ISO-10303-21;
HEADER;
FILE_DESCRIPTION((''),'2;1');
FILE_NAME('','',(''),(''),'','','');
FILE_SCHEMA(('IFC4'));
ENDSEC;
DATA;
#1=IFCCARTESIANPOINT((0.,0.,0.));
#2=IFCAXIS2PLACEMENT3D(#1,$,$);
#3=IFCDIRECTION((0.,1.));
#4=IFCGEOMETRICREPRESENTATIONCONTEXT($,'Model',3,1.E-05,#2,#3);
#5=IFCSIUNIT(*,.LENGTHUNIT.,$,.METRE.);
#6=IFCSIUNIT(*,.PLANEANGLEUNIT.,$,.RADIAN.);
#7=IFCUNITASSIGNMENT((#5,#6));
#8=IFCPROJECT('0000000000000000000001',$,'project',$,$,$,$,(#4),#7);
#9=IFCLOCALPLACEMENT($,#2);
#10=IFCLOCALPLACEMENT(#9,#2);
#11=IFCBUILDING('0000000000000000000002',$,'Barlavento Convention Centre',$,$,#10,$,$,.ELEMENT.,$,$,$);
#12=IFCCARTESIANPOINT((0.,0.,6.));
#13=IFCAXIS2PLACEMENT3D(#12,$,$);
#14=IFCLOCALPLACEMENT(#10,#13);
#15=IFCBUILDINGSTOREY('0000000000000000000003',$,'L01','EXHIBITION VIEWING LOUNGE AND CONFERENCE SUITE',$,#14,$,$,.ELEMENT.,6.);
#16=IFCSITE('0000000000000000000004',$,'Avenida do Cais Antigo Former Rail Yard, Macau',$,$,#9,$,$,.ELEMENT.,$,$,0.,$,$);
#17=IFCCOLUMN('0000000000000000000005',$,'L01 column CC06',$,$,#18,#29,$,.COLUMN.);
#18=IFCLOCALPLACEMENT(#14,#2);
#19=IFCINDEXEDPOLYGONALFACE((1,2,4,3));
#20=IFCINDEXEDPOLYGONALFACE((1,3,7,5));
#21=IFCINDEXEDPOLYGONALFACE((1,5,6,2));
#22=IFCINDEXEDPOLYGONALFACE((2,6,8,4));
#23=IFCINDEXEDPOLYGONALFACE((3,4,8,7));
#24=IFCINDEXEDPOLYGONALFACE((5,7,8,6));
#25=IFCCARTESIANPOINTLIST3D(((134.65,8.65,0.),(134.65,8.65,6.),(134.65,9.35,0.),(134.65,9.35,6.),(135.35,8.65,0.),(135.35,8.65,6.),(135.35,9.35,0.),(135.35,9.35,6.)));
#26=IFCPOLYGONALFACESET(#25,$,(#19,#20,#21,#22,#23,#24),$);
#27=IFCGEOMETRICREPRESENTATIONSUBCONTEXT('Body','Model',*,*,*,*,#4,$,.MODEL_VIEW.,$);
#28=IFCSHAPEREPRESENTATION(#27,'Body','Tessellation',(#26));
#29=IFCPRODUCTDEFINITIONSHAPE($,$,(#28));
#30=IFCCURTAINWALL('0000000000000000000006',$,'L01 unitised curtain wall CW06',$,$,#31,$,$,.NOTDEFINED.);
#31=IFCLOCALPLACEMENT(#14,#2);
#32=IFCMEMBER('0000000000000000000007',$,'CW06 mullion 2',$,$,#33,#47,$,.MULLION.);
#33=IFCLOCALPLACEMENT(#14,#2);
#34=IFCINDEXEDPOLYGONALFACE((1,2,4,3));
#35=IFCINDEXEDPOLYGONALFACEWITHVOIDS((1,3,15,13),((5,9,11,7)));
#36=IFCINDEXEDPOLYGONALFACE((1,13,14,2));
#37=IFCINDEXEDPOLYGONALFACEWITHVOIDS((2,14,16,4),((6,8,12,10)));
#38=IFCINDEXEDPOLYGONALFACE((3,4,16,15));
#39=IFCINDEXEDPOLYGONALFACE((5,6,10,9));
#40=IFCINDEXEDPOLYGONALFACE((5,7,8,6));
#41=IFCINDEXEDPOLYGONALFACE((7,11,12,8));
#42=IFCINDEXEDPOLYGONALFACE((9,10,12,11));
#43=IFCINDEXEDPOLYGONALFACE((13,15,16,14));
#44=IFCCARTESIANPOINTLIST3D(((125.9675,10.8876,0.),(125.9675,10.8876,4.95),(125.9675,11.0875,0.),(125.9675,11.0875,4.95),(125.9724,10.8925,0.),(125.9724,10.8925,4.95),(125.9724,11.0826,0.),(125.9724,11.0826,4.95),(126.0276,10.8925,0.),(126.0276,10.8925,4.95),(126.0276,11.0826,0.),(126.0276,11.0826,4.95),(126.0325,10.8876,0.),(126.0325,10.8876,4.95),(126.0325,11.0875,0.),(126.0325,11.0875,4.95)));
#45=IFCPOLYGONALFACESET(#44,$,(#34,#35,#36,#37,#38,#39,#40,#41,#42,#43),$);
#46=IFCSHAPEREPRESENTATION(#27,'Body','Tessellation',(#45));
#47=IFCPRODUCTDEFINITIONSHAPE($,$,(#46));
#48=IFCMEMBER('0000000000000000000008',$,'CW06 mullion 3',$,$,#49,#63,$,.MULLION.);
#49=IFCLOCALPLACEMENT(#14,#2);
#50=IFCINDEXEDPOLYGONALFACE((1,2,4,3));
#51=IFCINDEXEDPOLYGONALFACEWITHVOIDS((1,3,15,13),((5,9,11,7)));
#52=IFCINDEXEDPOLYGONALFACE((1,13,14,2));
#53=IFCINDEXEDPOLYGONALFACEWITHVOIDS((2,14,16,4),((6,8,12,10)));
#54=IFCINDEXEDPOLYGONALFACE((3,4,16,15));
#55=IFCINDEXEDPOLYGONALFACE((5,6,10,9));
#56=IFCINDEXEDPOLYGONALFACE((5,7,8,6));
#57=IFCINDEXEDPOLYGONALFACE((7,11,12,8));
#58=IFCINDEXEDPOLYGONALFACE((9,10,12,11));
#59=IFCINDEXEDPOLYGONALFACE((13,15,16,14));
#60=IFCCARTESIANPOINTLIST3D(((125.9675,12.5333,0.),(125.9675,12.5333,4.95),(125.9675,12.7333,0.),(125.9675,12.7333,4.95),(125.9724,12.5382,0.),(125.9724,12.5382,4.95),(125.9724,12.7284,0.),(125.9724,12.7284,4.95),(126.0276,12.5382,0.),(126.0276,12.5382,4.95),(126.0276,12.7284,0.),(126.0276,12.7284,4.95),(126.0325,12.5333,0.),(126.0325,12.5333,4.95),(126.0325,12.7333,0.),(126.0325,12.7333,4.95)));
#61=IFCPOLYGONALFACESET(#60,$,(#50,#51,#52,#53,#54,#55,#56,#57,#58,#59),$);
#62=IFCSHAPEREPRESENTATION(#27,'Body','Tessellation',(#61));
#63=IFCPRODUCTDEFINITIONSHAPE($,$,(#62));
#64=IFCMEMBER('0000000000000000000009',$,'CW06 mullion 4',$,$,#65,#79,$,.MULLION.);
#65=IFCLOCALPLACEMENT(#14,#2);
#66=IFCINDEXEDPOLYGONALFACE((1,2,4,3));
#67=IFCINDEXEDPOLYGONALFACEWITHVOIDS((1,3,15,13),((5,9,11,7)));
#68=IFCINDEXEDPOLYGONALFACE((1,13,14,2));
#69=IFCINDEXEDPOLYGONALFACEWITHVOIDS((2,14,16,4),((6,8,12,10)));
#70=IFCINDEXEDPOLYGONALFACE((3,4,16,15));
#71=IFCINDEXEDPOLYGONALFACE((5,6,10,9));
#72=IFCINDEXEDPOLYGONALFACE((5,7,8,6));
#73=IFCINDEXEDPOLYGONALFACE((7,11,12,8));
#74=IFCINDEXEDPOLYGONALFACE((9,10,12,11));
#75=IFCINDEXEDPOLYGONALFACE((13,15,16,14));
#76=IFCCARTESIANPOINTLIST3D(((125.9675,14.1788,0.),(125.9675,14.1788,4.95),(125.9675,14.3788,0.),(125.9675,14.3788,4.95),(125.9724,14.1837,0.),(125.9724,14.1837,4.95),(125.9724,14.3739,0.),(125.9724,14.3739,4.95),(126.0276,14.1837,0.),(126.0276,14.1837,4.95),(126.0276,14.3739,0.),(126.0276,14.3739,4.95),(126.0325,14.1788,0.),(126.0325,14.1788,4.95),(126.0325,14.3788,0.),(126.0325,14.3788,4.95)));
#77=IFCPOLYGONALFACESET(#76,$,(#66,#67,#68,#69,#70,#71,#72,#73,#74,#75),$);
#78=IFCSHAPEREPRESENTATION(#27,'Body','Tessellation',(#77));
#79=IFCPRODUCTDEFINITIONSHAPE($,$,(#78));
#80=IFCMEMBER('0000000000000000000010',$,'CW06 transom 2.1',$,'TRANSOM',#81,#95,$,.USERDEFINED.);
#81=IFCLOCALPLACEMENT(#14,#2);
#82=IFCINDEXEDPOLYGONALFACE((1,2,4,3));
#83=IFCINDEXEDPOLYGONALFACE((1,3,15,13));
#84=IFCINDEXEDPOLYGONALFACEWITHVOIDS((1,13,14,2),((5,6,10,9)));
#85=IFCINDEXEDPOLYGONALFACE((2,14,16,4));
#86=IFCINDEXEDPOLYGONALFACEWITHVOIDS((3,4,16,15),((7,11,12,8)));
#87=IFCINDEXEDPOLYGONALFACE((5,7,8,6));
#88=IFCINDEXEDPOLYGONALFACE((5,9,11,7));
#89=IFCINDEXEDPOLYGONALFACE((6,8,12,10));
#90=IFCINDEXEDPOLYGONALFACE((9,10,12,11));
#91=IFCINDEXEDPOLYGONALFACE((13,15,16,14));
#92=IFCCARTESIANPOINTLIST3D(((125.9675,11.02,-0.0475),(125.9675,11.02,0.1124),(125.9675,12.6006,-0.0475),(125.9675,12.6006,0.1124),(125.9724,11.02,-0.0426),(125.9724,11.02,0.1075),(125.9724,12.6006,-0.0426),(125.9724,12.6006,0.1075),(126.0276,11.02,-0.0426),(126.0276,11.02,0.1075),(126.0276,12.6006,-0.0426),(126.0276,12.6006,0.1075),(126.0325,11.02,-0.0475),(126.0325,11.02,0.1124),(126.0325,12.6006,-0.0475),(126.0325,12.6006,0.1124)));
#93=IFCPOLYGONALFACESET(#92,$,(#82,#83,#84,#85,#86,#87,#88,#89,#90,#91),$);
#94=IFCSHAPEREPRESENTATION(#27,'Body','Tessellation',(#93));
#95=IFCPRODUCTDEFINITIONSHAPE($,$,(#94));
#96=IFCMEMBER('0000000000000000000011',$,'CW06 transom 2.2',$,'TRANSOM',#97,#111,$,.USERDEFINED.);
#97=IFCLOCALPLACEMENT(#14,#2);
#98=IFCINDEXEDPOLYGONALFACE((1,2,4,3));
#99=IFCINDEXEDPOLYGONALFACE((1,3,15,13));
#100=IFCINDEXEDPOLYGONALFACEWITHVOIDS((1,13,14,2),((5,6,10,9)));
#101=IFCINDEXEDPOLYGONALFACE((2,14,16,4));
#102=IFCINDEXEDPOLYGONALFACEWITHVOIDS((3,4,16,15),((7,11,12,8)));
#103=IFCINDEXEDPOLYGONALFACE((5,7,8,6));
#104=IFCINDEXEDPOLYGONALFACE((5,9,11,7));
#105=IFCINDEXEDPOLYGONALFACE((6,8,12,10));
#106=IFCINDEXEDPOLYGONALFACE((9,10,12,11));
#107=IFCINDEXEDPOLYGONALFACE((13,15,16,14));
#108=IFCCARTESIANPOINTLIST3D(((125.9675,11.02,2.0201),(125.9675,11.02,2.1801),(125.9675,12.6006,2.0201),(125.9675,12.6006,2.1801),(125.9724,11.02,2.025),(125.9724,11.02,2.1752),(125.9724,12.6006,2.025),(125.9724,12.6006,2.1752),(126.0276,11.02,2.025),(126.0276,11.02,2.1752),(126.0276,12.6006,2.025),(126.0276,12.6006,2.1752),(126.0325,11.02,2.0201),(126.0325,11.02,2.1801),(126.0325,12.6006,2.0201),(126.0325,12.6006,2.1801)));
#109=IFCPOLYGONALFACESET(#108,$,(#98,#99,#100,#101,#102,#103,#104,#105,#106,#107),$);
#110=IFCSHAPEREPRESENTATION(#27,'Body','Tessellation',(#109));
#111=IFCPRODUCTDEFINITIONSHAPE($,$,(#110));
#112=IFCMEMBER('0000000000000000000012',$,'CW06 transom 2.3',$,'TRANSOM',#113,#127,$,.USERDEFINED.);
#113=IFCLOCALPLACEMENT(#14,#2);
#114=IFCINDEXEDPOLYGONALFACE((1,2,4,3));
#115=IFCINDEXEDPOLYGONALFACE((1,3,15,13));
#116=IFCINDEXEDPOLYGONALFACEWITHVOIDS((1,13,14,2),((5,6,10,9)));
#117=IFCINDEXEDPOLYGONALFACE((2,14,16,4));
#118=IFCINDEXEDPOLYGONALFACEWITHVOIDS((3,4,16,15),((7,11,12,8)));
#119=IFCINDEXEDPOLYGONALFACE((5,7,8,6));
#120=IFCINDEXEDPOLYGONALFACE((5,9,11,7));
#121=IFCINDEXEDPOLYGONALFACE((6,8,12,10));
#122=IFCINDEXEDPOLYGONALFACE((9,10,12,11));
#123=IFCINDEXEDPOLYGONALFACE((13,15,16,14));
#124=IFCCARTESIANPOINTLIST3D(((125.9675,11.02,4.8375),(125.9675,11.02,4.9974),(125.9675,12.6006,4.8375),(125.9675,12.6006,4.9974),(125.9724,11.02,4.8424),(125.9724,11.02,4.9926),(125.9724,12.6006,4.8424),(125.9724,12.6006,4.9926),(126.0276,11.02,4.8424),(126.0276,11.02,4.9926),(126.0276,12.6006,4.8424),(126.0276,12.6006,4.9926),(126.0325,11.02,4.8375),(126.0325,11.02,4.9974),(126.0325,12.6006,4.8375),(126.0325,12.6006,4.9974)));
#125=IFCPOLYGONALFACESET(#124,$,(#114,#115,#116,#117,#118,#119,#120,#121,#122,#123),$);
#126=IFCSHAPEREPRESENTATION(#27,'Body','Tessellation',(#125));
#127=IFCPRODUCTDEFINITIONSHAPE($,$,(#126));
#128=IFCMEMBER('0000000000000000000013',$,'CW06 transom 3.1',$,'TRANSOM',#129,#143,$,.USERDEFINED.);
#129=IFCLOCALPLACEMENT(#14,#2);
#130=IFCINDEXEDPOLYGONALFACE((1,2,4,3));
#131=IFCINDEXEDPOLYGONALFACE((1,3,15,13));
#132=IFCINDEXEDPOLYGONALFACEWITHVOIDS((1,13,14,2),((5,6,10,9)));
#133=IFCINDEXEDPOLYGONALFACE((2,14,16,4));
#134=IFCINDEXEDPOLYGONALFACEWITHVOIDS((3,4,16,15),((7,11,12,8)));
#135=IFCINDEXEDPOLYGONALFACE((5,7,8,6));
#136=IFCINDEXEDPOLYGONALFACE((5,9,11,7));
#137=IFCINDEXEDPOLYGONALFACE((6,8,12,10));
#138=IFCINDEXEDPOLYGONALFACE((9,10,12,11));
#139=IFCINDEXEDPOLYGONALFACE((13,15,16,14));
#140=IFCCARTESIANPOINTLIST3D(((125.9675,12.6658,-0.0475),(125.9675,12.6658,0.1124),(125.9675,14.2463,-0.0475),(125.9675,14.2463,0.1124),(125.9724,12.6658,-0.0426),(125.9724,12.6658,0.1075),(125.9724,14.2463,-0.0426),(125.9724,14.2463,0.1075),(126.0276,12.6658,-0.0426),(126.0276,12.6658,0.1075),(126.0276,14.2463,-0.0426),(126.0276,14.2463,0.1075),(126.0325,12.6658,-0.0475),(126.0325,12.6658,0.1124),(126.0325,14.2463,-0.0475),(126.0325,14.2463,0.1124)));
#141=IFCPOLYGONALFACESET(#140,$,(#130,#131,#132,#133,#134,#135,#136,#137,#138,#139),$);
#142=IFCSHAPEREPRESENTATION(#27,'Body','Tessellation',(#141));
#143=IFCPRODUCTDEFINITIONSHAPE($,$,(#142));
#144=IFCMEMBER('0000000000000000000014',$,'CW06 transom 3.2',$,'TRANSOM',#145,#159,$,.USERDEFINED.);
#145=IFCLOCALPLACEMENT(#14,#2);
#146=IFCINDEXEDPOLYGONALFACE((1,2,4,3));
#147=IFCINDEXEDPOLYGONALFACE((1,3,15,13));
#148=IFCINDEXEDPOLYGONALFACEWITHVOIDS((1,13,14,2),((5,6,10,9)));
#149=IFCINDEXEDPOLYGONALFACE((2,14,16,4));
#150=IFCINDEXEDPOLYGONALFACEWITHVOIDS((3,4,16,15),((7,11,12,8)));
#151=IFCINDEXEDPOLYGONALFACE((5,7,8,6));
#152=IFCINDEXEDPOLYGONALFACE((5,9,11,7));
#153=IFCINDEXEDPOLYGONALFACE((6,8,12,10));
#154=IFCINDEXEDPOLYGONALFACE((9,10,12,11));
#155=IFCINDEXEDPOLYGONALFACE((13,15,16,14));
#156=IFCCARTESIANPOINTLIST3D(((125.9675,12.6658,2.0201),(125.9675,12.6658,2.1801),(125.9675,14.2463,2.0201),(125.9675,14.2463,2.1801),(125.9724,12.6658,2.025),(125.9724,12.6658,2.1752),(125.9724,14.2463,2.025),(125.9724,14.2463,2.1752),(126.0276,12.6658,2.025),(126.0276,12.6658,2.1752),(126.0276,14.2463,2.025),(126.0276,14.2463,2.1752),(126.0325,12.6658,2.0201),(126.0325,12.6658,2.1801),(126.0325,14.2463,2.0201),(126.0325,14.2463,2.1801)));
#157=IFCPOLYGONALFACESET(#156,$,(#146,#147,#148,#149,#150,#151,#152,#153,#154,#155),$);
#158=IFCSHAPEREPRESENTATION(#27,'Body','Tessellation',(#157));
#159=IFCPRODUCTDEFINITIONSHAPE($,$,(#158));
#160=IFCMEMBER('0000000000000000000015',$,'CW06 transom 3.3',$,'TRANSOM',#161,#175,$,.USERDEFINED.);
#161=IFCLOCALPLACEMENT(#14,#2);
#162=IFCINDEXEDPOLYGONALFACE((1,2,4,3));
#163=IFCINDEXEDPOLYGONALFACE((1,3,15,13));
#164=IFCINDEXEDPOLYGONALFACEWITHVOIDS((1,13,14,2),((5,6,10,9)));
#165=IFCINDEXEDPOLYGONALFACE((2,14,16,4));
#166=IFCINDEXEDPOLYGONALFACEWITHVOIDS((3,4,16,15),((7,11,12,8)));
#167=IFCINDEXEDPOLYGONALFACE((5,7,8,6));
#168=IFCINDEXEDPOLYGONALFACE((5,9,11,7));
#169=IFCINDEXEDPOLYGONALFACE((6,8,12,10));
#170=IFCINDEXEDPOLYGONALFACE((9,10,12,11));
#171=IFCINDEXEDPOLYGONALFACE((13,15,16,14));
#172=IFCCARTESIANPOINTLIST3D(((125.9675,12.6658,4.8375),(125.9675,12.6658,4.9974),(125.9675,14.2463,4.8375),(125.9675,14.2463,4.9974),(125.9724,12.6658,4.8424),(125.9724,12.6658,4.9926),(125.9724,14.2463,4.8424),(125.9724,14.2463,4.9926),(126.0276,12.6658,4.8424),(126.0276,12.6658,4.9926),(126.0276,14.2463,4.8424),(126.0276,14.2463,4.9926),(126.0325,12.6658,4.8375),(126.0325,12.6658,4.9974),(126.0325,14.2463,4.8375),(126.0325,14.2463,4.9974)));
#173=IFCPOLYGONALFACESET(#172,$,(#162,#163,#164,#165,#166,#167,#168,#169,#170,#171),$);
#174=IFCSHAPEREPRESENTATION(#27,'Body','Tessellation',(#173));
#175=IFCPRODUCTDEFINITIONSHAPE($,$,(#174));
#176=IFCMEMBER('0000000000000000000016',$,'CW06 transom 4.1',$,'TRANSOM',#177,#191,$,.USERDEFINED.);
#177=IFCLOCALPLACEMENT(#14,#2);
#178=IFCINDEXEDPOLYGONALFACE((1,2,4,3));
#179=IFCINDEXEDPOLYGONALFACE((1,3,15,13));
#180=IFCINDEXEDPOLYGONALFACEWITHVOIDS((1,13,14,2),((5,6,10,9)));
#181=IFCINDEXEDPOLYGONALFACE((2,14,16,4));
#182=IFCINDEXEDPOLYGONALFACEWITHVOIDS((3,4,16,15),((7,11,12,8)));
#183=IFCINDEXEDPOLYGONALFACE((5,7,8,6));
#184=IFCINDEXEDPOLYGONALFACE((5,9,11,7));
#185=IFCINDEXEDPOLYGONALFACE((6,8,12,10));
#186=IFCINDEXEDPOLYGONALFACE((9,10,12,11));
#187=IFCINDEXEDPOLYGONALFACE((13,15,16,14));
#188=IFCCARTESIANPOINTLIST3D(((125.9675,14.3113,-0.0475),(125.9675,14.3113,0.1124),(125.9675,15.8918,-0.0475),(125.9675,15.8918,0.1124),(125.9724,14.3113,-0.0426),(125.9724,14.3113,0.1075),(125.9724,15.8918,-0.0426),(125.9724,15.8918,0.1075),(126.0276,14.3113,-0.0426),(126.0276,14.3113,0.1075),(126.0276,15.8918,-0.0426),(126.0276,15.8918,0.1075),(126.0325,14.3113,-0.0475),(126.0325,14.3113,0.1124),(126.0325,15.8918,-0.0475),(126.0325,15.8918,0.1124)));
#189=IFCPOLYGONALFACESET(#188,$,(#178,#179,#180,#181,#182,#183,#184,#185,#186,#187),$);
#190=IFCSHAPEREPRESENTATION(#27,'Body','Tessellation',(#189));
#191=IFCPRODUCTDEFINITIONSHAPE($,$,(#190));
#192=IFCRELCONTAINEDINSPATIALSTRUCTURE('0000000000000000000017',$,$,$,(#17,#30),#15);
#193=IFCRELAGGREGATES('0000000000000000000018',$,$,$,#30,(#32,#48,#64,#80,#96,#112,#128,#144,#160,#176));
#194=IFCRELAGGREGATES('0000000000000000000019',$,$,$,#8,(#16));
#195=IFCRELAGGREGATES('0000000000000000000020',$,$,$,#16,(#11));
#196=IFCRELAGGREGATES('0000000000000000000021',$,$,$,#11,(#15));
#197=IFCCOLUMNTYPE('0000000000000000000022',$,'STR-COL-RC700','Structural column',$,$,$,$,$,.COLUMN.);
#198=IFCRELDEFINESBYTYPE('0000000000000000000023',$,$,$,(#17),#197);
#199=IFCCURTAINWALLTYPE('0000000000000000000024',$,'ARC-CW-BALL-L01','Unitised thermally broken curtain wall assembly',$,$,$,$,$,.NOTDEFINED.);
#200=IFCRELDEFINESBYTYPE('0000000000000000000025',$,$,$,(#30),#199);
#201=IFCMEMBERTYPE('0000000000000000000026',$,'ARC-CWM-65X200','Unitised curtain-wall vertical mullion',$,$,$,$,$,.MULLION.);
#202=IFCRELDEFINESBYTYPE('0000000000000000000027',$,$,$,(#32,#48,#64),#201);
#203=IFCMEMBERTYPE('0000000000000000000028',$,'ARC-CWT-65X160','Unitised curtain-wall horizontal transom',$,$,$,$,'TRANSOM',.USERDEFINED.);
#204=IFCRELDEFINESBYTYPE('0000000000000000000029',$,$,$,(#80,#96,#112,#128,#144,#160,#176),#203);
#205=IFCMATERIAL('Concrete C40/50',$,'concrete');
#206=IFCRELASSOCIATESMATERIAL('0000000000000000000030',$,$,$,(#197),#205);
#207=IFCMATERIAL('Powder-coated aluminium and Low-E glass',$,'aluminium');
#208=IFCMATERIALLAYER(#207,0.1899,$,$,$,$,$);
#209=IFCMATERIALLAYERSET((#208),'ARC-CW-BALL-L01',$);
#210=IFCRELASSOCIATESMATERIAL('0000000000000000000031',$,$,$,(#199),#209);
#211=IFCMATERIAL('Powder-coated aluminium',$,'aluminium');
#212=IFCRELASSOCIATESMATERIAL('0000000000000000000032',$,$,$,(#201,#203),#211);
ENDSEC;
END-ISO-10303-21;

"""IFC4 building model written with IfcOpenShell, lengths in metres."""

from ifc_helpers import new_model, si_unit, direction, frame, origin, origin_2d, place, context, subcontext, project, spatial, rectangle, hollow_rectangle, extrude, material, layer, layer_set, material_profile, profile_set, type_object, element, aggregate, save


model = new_model("IFC4")

# Units and contexts
model_context = context("Model", 3, precision=1e-05, world=origin(), true_north=direction((0.0, 1.0)))
body_context = subcontext(model_context, "Body", "Model", "MODEL_VIEW")
ifc_project = project(units=[si_unit("LENGTHUNIT", "METRE"), si_unit("PLANEANGLEUNIT", "RADIAN")], contexts=[model_context])

# Site, building, storey
site_placement = place(None, origin())
site = spatial("IfcSite", under=ifc_project, at=site_placement, Name="Avenida do Cais Antigo Former Rail Yard, Macau", CompositionType="ELEMENT", RefElevation=0.0)
building_placement = place(site_placement, origin())
building = spatial("IfcBuilding", under=site, at=building_placement, Name="Barlavento Convention Centre", CompositionType="ELEMENT")
storey_placement = place(building_placement, frame((0.0, 0.0, 6.0)))
storey = spatial("IfcBuildingStorey", under=building, at=storey_placement, Name="L01", Description="EXHIBITION VIEWING LOUNGE AND CONFERENCE SUITE", CompositionType="ELEMENT", Elevation=6.0)

# Column
ifc_material_1 = material(Name="Concrete C40/50", Category="concrete")
ifc_material_profile_1 = material_profile(ifc_material_1, rectangle(XDim=0.7, YDim=0.7, at=origin_2d()), Name="RC 700x700")
ifc_profile_set_1 = profile_set([ifc_material_profile_1], Name="Concrete C40/50")
column_type = type_object("IfcColumnType", Name="STR-COL-RC700", Description="Structural column", PredefinedType="COLUMN", material=ifc_profile_set_1)
column_placement = place(storey_placement, frame((135.0, 9.0, 0.0), z_axis=(0.0, 0.0, 1.0), x_axis=(1.0, 0.0, 0.0)))
element("IfcColumn", 1, at=column_placement, inside=storey, type_object=column_type, Name="L01 column CC06", PredefinedType="COLUMN", context=body_context, shape_type="SweptSolid", body=[
    extrude(rectangle(XDim=0.7, YDim=0.7, at=origin_2d()), origin(), (0.0, 0.0, 1.0), 6.0),
])

# Curtain wall, members
ifc_material_2 = material(Name="Powder-coated aluminium and Low-E glass", Category="aluminium")
ifc_layer_1 = layer(ifc_material_2, 0.1899)
ifc_layer_set_1 = layer_set([ifc_layer_1], Name="ARC-CW-BALL-L01")
curtain_wall_type = type_object("IfcCurtainWallType", Name="ARC-CW-BALL-L01", Description="Unitised thermally broken curtain wall assembly", PredefinedType="NOTDEFINED", material=ifc_layer_set_1)
curtain_wall_placement = place(storey_placement, origin())
curtain_wall = element("IfcCurtainWall", 2, at=curtain_wall_placement, inside=storey, type_object=curtain_wall_type, Name="L01 unitised curtain wall CW06", PredefinedType="NOTDEFINED")
ifc_material_3 = material(Name="Powder-coated aluminium", Category="aluminium")
ifc_material_profile_2 = material_profile(ifc_material_3, hollow_rectangle(XDim=0.0649, YDim=0.2, WallThickness=0.0049, at=origin_2d()), Name="AL-MULL 65x200x5")
ifc_profile_set_2 = profile_set([ifc_material_profile_2], Name="Powder-coated aluminium")
member_type_1 = type_object("IfcMemberType", Name="ARC-CWM-65X200", Description="Unitised curtain-wall vertical mullion", PredefinedType="MULLION", material=ifc_profile_set_2)
member_1_placement = place(storey_placement, frame((126.0, 10.9875, 0.0), z_axis=(0.0, 0.0, 1.0), x_axis=(-1.0, 0.0, 0.0)))
member_1 = element("IfcMember", 3, at=member_1_placement, type_object=member_type_1, Name="CW06 mullion 2", PredefinedType="MULLION", context=body_context, shape_type="SweptSolid", body=[
    extrude(hollow_rectangle(XDim=0.0649, YDim=0.2, WallThickness=0.0049, at=origin_2d()), origin(), (0.0, 0.0, 1.0), 4.95),
])
member_2_placement = place(storey_placement, frame((126.0, 12.6333, 0.0), z_axis=(0.0, 0.0, 1.0), x_axis=(-1.0, 0.0, 0.0)))
member_2 = element("IfcMember", 4, at=member_2_placement, type_object=member_type_1, Name="CW06 mullion 3", PredefinedType="MULLION", context=body_context, shape_type="SweptSolid", body=[
    extrude(hollow_rectangle(XDim=0.0649, YDim=0.2, WallThickness=0.0049, at=origin_2d()), origin(), (0.0, 0.0, 1.0), 4.95),
])
member_3_placement = place(storey_placement, frame((126.0, 14.2788, 0.0), z_axis=(0.0, 0.0, 1.0), x_axis=(-1.0, 0.0, 0.0)))
member_3 = element("IfcMember", 5, at=member_3_placement, type_object=member_type_1, Name="CW06 mullion 4", PredefinedType="MULLION", context=body_context, shape_type="SweptSolid", body=[
    extrude(hollow_rectangle(XDim=0.0649, YDim=0.2, WallThickness=0.0049, at=origin_2d()), origin(), (0.0, 0.0, 1.0), 4.95),
])
ifc_material_profile_3 = material_profile(ifc_material_3, hollow_rectangle(XDim=0.0649, YDim=0.1599, WallThickness=0.0049, at=origin_2d()), Name="AL-TRAN 65x160x5")
ifc_profile_set_3 = profile_set([ifc_material_profile_3], Name="Powder-coated aluminium")
member_type_2 = type_object("IfcMemberType", Name="ARC-CWT-65X160", Description="Unitised curtain-wall horizontal transom", ElementType="TRANSOM", PredefinedType="USERDEFINED", material=ifc_profile_set_3)
member_4_placement = place(storey_placement, frame((126.0, 11.02, 0.0325), z_axis=(0.0, 1.0, 0.0), x_axis=(-1.0, 0.0, 0.0)))
member_4 = element("IfcMember", 6, at=member_4_placement, type_object=member_type_2, Name="CW06 transom 2.1", ObjectType="TRANSOM", PredefinedType="USERDEFINED", context=body_context, shape_type="SweptSolid", body=[
    extrude(hollow_rectangle(XDim=0.0649, YDim=0.1599, WallThickness=0.0049, at=origin_2d()), origin(), (0.0, 0.0, 1.0), 1.5806),
])
member_5_placement = place(storey_placement, frame((126.0, 11.02, 2.1001), z_axis=(0.0, 1.0, 0.0), x_axis=(-1.0, 0.0, 0.0)))
member_5 = element("IfcMember", 7, at=member_5_placement, type_object=member_type_2, Name="CW06 transom 2.2", ObjectType="TRANSOM", PredefinedType="USERDEFINED", context=body_context, shape_type="SweptSolid", body=[
    extrude(hollow_rectangle(XDim=0.0649, YDim=0.1599, WallThickness=0.0049, at=origin_2d()), origin(), (0.0, 0.0, 1.0), 1.5806),
])
member_6_placement = place(storey_placement, frame((126.0, 11.02, 4.9175), z_axis=(0.0, 1.0, 0.0), x_axis=(-1.0, 0.0, 0.0)))
member_6 = element("IfcMember", 8, at=member_6_placement, type_object=member_type_2, Name="CW06 transom 2.3", ObjectType="TRANSOM", PredefinedType="USERDEFINED", context=body_context, shape_type="SweptSolid", body=[
    extrude(hollow_rectangle(XDim=0.0649, YDim=0.1599, WallThickness=0.0049, at=origin_2d()), origin(), (0.0, 0.0, 1.0), 1.5806),
])
member_7_placement = place(storey_placement, frame((126.0, 12.6658, 0.0325), z_axis=(0.0, 1.0, 0.0), x_axis=(-1.0, 0.0, 0.0)))
member_7 = element("IfcMember", 9, at=member_7_placement, type_object=member_type_2, Name="CW06 transom 3.1", ObjectType="TRANSOM", PredefinedType="USERDEFINED", context=body_context, shape_type="SweptSolid", body=[
    extrude(hollow_rectangle(XDim=0.0649, YDim=0.1599, WallThickness=0.0049, at=origin_2d()), origin(), (0.0, 0.0, 1.0), 1.5806),
])
member_8_placement = place(storey_placement, frame((126.0, 12.6658, 2.1001), z_axis=(0.0, 1.0, 0.0), x_axis=(-1.0, 0.0, 0.0)))
member_8 = element("IfcMember", 10, at=member_8_placement, type_object=member_type_2, Name="CW06 transom 3.2", ObjectType="TRANSOM", PredefinedType="USERDEFINED", context=body_context, shape_type="SweptSolid", body=[
    extrude(hollow_rectangle(XDim=0.0649, YDim=0.1599, WallThickness=0.0049, at=origin_2d()), origin(), (0.0, 0.0, 1.0), 1.5806),
])
member_9_placement = place(storey_placement, frame((126.0, 12.6658, 4.9175), z_axis=(0.0, 1.0, 0.0), x_axis=(-1.0, 0.0, 0.0)))
member_9 = element("IfcMember", 11, at=member_9_placement, type_object=member_type_2, Name="CW06 transom 3.3", ObjectType="TRANSOM", PredefinedType="USERDEFINED", context=body_context, shape_type="SweptSolid", body=[
    extrude(hollow_rectangle(XDim=0.0649, YDim=0.1599, WallThickness=0.0049, at=origin_2d()), origin(), (0.0, 0.0, 1.0), 1.5806),
])
member_10_placement = place(storey_placement, frame((126.0, 14.3113, 0.0325), z_axis=(0.0, 1.0, 0.0), x_axis=(-1.0, 0.0, 0.0)))
member_10 = element("IfcMember", 12, at=member_10_placement, type_object=member_type_2, Name="CW06 transom 4.1", ObjectType="TRANSOM", PredefinedType="USERDEFINED", context=body_context, shape_type="SweptSolid", body=[
    extrude(hollow_rectangle(XDim=0.0649, YDim=0.1599, WallThickness=0.0049, at=origin_2d()), origin(), (0.0, 0.0, 1.0), 1.5806),
])

aggregate(curtain_wall, [member_1, member_2, member_3, member_4, member_5, member_6, member_7, member_8, member_9, member_10])

save(model, "model.ifc")
